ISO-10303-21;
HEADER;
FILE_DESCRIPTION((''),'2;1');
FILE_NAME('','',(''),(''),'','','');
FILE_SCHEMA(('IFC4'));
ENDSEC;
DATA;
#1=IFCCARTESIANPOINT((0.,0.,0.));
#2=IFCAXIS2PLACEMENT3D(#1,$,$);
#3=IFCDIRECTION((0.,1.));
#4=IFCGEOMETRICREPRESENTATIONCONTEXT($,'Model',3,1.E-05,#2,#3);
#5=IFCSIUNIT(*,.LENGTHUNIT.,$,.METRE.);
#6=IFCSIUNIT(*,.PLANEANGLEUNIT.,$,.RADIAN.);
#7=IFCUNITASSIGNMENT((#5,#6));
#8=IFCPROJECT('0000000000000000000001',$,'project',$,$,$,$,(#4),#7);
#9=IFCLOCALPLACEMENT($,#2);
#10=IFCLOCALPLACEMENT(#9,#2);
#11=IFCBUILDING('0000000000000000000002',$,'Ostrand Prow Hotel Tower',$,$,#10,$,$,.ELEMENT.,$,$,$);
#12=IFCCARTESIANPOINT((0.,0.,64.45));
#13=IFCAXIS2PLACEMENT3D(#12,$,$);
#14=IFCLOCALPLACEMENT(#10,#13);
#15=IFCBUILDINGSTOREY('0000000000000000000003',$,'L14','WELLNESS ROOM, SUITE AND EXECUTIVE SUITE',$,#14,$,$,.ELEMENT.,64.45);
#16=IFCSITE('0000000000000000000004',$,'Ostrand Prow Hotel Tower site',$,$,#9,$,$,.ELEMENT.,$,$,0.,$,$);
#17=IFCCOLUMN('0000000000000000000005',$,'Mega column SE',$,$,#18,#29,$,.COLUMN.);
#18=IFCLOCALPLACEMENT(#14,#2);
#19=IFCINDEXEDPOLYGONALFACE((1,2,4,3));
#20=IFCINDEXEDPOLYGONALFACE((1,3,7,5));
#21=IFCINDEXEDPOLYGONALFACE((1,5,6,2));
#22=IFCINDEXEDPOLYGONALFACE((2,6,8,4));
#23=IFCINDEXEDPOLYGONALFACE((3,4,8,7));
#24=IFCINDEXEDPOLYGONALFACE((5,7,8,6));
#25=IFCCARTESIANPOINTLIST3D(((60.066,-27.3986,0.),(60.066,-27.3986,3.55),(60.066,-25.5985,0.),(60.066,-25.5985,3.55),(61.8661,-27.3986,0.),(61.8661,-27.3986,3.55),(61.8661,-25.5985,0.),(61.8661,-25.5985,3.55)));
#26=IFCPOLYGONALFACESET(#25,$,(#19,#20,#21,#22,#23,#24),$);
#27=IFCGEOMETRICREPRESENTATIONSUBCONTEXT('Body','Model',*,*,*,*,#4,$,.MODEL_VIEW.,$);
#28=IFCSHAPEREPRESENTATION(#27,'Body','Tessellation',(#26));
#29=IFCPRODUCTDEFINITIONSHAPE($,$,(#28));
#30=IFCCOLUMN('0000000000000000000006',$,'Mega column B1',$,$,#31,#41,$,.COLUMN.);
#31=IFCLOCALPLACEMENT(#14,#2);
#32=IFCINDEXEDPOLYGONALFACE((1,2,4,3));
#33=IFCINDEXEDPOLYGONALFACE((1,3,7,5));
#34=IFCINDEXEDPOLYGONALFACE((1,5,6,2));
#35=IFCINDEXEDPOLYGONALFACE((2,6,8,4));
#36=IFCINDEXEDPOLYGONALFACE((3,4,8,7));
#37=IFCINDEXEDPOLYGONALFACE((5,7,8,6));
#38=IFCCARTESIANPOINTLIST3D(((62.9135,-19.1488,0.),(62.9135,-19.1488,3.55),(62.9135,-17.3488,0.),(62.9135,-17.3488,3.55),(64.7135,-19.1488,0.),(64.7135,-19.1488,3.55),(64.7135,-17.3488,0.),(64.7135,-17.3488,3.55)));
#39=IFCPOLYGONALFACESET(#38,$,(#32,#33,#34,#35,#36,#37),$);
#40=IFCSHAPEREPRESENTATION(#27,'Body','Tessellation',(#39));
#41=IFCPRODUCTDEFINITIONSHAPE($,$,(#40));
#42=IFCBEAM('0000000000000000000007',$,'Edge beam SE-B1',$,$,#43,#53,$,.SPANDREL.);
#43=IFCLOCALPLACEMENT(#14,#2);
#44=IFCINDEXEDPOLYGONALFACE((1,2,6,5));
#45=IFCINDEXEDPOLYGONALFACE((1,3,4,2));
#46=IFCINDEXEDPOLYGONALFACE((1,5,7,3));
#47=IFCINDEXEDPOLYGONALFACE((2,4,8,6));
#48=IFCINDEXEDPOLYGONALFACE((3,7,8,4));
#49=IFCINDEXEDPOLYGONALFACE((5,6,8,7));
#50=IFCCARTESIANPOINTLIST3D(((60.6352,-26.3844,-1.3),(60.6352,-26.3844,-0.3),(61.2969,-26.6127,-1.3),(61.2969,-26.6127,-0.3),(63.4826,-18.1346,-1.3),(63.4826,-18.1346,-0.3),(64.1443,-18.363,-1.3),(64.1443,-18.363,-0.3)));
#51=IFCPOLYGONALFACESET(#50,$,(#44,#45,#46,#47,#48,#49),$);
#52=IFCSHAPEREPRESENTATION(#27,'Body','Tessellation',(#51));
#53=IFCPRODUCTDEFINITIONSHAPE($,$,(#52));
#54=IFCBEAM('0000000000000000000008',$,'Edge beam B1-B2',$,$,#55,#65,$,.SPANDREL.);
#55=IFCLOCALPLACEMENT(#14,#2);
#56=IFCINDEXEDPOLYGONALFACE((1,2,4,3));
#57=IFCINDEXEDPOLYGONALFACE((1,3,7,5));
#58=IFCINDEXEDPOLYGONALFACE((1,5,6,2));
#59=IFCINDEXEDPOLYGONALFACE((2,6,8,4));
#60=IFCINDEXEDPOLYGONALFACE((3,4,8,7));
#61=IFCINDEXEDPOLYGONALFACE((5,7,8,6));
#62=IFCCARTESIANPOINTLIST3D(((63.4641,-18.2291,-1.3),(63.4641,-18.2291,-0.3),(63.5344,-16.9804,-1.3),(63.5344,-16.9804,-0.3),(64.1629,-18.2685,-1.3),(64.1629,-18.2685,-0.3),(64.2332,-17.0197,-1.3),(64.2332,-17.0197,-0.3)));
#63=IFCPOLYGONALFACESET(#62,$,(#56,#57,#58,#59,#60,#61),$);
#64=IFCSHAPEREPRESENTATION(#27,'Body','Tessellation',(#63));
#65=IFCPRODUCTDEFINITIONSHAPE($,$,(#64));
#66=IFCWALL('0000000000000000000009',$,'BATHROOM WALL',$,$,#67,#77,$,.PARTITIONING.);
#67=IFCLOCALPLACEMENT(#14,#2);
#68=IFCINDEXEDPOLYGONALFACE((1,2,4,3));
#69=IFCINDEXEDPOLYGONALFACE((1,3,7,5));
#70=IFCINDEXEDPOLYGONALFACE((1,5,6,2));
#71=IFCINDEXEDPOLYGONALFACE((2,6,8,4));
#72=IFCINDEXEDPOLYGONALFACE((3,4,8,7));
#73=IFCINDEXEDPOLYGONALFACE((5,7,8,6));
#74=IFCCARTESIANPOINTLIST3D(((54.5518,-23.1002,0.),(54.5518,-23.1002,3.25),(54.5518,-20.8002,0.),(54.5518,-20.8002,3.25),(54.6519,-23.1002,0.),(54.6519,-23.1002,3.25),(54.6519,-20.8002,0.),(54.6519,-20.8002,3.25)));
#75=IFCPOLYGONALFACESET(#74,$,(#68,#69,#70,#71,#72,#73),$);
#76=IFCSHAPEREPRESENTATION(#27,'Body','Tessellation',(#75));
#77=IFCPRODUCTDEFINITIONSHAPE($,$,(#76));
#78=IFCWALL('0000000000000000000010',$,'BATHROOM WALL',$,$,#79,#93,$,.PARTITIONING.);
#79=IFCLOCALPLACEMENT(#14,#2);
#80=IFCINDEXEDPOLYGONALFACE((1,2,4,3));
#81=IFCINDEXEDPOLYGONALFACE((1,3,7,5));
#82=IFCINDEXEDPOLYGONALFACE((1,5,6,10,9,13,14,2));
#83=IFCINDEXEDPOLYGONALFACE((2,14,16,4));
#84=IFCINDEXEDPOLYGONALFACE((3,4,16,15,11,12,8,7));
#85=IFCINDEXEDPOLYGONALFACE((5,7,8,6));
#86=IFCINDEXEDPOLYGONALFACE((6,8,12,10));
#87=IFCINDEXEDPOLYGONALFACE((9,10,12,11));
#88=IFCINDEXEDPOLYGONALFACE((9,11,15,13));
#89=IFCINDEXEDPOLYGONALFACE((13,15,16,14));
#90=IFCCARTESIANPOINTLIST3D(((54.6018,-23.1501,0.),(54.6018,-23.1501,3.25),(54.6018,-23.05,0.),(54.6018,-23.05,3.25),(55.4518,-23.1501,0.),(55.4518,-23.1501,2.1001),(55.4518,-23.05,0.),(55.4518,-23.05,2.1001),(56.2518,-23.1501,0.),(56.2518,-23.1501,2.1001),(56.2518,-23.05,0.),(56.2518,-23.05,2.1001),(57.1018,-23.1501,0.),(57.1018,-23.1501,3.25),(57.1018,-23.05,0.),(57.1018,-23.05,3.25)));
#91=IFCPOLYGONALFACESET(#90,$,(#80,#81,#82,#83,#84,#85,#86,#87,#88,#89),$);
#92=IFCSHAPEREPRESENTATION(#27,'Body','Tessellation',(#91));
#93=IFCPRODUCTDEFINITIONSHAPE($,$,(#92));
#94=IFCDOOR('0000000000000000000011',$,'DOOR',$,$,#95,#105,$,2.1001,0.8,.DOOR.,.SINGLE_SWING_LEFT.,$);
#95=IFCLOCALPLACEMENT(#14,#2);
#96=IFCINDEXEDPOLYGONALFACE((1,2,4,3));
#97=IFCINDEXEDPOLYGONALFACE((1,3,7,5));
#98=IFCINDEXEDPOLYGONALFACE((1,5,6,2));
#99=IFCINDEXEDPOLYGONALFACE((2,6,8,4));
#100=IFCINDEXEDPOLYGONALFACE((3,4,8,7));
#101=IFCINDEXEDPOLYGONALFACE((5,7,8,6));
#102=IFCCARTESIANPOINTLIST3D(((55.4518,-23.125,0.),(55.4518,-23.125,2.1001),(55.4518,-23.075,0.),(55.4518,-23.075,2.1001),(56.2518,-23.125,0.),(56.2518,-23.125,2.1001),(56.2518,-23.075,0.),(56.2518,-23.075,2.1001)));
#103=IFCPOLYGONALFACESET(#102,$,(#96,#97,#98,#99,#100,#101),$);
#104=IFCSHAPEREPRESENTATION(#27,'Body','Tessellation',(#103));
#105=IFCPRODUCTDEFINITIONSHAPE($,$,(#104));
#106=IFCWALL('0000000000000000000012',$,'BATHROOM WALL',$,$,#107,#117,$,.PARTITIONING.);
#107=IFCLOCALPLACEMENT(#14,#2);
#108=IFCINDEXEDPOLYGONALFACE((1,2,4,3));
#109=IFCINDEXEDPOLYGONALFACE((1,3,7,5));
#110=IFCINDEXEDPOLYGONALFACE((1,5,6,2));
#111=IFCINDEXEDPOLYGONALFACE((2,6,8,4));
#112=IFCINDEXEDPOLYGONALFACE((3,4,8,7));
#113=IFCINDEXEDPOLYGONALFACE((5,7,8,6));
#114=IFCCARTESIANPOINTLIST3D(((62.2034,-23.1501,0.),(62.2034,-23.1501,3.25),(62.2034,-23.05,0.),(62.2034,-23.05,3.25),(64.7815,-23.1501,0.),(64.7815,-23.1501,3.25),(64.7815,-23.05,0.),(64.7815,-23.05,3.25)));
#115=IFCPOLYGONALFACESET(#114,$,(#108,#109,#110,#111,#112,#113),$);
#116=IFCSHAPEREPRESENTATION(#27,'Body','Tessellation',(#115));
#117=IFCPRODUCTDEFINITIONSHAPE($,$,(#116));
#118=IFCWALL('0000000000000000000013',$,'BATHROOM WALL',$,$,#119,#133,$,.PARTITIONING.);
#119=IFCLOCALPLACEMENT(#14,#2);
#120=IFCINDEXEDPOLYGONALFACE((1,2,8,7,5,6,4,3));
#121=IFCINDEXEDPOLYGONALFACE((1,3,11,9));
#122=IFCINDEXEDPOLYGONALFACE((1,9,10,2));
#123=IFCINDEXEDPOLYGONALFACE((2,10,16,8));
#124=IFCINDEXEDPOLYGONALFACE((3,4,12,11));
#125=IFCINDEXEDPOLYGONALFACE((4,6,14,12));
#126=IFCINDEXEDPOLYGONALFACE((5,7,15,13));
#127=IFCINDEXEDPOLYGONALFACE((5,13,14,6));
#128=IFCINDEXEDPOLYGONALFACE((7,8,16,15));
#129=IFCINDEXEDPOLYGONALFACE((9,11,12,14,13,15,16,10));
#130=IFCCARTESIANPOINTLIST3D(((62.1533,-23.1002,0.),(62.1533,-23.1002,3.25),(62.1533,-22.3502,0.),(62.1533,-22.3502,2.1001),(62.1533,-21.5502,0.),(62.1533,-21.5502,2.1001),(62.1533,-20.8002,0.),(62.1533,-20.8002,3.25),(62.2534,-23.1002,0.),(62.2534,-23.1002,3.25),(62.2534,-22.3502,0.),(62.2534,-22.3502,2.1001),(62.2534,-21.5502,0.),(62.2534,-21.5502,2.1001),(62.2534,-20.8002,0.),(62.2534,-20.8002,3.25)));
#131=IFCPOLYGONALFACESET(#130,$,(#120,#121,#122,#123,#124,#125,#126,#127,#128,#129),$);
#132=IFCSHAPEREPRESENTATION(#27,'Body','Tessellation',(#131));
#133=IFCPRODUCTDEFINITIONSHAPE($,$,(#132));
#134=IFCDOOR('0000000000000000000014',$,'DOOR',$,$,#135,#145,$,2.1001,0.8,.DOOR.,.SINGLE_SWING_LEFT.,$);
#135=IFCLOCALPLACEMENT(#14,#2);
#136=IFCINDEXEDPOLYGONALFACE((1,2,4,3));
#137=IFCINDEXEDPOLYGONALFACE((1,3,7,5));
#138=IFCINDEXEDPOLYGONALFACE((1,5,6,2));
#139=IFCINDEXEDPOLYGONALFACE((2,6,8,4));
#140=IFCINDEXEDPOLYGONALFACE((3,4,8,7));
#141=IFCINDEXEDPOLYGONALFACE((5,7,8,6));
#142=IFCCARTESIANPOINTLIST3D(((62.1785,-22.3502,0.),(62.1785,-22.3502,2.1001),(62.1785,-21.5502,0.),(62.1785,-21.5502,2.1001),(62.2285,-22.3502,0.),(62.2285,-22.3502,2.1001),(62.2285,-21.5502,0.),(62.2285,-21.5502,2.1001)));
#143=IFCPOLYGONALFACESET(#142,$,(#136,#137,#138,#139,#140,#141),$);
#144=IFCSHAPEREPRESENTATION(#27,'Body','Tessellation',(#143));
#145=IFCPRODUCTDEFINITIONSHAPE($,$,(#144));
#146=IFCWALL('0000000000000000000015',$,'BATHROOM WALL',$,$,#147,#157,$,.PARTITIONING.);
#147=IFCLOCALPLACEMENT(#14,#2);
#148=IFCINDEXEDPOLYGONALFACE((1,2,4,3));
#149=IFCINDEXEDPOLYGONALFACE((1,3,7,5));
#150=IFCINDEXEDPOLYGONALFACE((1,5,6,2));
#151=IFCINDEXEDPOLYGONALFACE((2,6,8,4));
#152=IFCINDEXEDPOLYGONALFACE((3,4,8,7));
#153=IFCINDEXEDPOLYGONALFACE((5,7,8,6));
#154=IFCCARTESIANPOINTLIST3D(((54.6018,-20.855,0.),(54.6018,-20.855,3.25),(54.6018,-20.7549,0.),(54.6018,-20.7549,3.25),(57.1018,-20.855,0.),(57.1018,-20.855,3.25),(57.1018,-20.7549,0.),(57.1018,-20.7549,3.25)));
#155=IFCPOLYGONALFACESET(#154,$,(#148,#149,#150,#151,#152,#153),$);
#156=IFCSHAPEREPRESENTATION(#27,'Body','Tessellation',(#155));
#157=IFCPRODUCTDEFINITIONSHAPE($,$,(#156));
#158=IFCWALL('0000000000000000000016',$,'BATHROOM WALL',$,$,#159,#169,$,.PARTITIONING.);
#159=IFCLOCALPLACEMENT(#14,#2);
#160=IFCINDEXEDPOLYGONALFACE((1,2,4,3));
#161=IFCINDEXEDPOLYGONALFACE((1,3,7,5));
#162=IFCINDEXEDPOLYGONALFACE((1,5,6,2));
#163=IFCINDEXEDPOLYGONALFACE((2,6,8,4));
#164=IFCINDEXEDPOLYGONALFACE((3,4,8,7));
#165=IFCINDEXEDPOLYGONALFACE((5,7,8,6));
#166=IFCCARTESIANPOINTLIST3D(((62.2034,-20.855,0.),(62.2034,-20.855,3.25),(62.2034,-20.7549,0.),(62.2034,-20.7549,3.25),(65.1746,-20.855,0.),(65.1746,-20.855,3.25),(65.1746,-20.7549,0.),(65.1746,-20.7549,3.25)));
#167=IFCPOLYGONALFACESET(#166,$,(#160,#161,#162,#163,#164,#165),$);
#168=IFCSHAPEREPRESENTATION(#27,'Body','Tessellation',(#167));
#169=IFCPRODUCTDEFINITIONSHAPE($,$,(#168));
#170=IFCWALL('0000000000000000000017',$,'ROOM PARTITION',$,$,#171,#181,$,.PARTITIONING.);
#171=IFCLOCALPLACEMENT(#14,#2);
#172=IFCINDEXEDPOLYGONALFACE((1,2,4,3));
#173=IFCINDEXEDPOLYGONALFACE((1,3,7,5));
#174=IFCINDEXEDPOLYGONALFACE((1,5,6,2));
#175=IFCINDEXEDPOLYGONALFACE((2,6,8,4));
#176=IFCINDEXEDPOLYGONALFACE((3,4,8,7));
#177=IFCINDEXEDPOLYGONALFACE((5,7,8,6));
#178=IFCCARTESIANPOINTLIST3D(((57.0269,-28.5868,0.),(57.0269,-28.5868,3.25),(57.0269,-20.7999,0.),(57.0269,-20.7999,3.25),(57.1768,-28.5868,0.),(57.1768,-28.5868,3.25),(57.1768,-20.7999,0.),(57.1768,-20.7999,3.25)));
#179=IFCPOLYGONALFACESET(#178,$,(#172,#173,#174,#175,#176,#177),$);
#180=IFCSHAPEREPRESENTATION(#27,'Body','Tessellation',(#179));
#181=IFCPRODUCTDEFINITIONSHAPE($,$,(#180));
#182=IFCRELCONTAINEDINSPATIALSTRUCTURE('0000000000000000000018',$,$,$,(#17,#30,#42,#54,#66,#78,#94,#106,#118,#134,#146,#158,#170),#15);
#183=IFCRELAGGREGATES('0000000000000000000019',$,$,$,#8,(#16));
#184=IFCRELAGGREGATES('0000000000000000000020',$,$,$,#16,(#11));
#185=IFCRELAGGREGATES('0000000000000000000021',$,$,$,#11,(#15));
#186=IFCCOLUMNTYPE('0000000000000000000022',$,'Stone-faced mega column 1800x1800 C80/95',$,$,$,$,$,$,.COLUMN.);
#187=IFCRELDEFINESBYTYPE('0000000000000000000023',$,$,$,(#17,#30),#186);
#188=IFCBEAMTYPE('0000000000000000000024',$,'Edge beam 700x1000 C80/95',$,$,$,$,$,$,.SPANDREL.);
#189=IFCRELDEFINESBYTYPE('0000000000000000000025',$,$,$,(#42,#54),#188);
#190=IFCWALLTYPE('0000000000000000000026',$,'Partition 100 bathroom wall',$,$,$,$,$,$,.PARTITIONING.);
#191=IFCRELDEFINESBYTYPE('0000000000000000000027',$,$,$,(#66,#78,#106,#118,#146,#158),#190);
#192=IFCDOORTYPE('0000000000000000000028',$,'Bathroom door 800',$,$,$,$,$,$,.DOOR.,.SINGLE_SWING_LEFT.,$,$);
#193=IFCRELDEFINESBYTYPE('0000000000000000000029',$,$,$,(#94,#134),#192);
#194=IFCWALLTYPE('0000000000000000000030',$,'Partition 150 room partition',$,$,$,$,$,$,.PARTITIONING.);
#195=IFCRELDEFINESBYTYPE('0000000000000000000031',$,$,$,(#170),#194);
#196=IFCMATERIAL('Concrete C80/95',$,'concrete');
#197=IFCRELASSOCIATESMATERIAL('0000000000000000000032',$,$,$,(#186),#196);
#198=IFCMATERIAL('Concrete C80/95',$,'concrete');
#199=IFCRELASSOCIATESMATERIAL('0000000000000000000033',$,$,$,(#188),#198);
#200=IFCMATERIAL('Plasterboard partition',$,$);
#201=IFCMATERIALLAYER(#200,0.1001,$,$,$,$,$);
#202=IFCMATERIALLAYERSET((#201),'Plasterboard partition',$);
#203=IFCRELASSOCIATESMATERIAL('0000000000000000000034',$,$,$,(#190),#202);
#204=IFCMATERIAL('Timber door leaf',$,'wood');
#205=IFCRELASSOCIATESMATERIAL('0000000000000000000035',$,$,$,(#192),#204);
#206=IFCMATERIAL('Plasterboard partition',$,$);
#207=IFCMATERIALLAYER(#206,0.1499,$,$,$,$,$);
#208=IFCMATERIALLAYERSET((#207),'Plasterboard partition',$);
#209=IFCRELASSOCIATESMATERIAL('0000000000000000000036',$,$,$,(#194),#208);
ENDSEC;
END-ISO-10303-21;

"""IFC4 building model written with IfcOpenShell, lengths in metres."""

from ifc_helpers import new_model, si_unit, direction, frame, frame_2d, origin, origin_2d, place, context, subcontext, project, spatial, rectangle, extrude, material, layer, layer_set, material_profile, profile_set, type_object, element, fill, save


model = new_model("IFC4")

# Units and contexts
model_context = context("Model", 3, precision=1e-05, world=origin(), true_north=direction((0.0, 1.0)))
body_context = subcontext(model_context, "Body", "Model", "MODEL_VIEW")
ifc_project = project(units=[si_unit("LENGTHUNIT", "METRE"), si_unit("PLANEANGLEUNIT", "RADIAN")], contexts=[model_context])

# Site, building, storey
site_placement = place(None, origin())
site = spatial("IfcSite", under=ifc_project, at=site_placement, Name="Ostrand Prow Hotel Tower site", CompositionType="ELEMENT", RefElevation=0.0)
building_placement = place(site_placement, origin())
building = spatial("IfcBuilding", under=site, at=building_placement, Name="Ostrand Prow Hotel Tower", CompositionType="ELEMENT")
storey_placement = place(building_placement, frame((0.0, 0.0, 64.45)))
storey = spatial("IfcBuildingStorey", under=building, at=storey_placement, Name="L14", Description="WELLNESS ROOM, SUITE AND EXECUTIVE SUITE", CompositionType="ELEMENT", Elevation=64.45)

# Columns
ifc_material_1 = material(Name="Concrete C80/95", Category="concrete")
ifc_material_profile_1 = material_profile(ifc_material_1, rectangle(XDim=1.8, YDim=1.8, at=origin_2d()), Name="RC 1800x1800")
ifc_profile_set_1 = profile_set([ifc_material_profile_1], Name="Concrete C80/95")
column_type = type_object("IfcColumnType", Name="Stone-faced mega column 1800x1800 C80/95", PredefinedType="COLUMN", material=ifc_profile_set_1)
for number, where, z_axis, x_axis, name in (
    (1, (60.9661, -26.4985, 0.0), (0.0, 0.0, 1.0), (1.0, 0.0, 0.0), "Mega column SE"),
    (2, (63.8135, -18.2488, 0.0), (0.0, 0.0, 1.0), (1.0, 0.0, 0.0), "Mega column B1"),
):
    element("IfcColumn", number, at=place(storey_placement, frame(where, z_axis=z_axis, x_axis=x_axis)), inside=storey, type_object=column_type, Name=name, PredefinedType="COLUMN", context=body_context, shape_type="SweptSolid", body=[
        extrude(rectangle(XDim=1.8, YDim=1.8, at=origin_2d()), origin(), (0.0, 0.0, 1.0), 3.55),
    ])

# Beams
ifc_material_2 = material(Name="Concrete C80/95", Category="concrete")
ifc_material_profile_2 = material_profile(ifc_material_2, rectangle(XDim=0.7, YDim=1.0, at=origin_2d()), Name="RC 700x1000")
ifc_profile_set_2 = profile_set([ifc_material_profile_2], Name="Concrete C80/95")
beam_type = type_object("IfcBeamType", Name="Edge beam 700x1000 C80/95", PredefinedType="SPANDREL", material=ifc_profile_set_2)
beam_1_placement = place(storey_placement, frame((60.9661, -26.4985, -0.8), z_axis=(0.326264, 0.945279, 0.0), x_axis=(-0.945279, 0.326264, 0.0)))
element("IfcBeam", 3, at=beam_1_placement, inside=storey, type_object=beam_type, Name="Edge beam SE-B1", PredefinedType="SPANDREL", context=body_context, shape_type="SweptSolid", body=[
    extrude(rectangle(XDim=0.7, YDim=1.0, at=origin_2d()), origin(), (0.0, 0.0, 1.0), 8.7273),
])
beam_2_placement = place(storey_placement, frame((63.8135, -18.2488, -0.8), z_axis=(0.056216, 0.998419, 0.0), x_axis=(-0.998419, 0.056216, 0.0)))
element("IfcBeam", 4, at=beam_2_placement, inside=storey, type_object=beam_type, Name="Edge beam B1-B2", PredefinedType="SPANDREL", context=body_context, shape_type="SweptSolid", body=[
    extrude(rectangle(XDim=0.7, YDim=1.0, at=origin_2d()), origin(), (0.0, 0.0, 1.0), 1.2507),
])

# Wall
ifc_material_3 = material(Name="Plasterboard partition")
ifc_layer_1 = layer(ifc_material_3, 0.1001)
ifc_layer_set_1 = layer_set([ifc_layer_1], Name="Plasterboard partition")
wall_type_1 = type_object("IfcWallType", Name="Partition 100 bathroom wall", PredefinedType="PARTITIONING", material=ifc_layer_set_1)
wall_1_placement = place(storey_placement, frame((54.6018, -23.1001, 0.0), z_axis=(0.0, 0.0, 1.0), x_axis=(0.0, 1.0, 0.0)))
element("IfcWall", 5, at=wall_1_placement, inside=storey, type_object=wall_type_1, Name="BATHROOM WALL", PredefinedType="PARTITIONING", context=body_context, shape_type="SweptSolid", body=[
    extrude(rectangle(XDim=2.3, YDim=0.1001, at=frame_2d((1.1499, 0.0))), origin(), (0.0, 0.0, 1.0), 3.25),
])

# Wall, opening, door
wall_2_placement = place(storey_placement, frame((57.1018, -23.1001, 0.0), z_axis=(0.0, 0.0, 1.0), x_axis=(-1.0, 0.0, 0.0)))
wall_2 = element("IfcWall", 6, at=wall_2_placement, inside=storey, type_object=wall_type_1, Name="BATHROOM WALL", PredefinedType="PARTITIONING", context=body_context, shape_type="SweptSolid", body=[
    extrude(rectangle(XDim=2.5, YDim=0.1001, at=frame_2d((1.25, 0.0))), origin(), (0.0, 0.0, 1.0), 3.25),
])
opening_1_placement = place(wall_2_placement, frame((0.8501, 0.0, 0.0)))
opening_1 = element("IfcOpeningElement", 7, at=opening_1_placement, cuts=wall_2, PredefinedType="OPENING", context=body_context, shape_type="SweptSolid", body=[
    extrude(rectangle(XDim=0.8, YDim=2.1001, at=frame_2d((0.3999, 1.05))), frame((0.0, 0.0601, 0.0), z_axis=(0.0, -1.0, 0.0), x_axis=(1.0, 0.0, 0.0)), (0.0, 0.0, 1.0), 0.1201),
])
ifc_material_4 = material(Name="Timber door leaf", Category="wood")
door_type_1 = type_object("IfcDoorType", Name="Bathroom door 800", OperationType="SINGLE_SWING_LEFT", PredefinedType="DOOR", material=ifc_material_4)
door_1_placement = place(opening_1_placement, origin())
door_1 = element("IfcDoor", 8, at=door_1_placement, inside=storey, type_object=door_type_1, Name="DOOR", OperationType="SINGLE_SWING_LEFT", OverallHeight=2.1001, OverallWidth=0.8, PredefinedType="DOOR", context=body_context, shape_type="SweptSolid", body=[
    extrude(rectangle(XDim=0.8, YDim=2.1001, at=frame_2d((0.3999, 1.05))), frame((0.0, 0.0249, 0.0), z_axis=(0.0, -1.0, 0.0), x_axis=(1.0, 0.0, 0.0)), (0.0, 0.0, 1.0), 0.05),
])
fill(opening_1, door_1)

# Wall
wall_3_placement = place(storey_placement, frame((64.7815, -23.1001, 0.0), z_axis=(0.0, 0.0, 1.0), x_axis=(-1.0, 0.0, 0.0)))
element("IfcWall", 9, at=wall_3_placement, inside=storey, type_object=wall_type_1, Name="BATHROOM WALL", PredefinedType="PARTITIONING", context=body_context, shape_type="SweptSolid", body=[
    extrude(rectangle(XDim=2.5781, YDim=0.1001, at=frame_2d((1.2891, 0.0))), origin(), (0.0, 0.0, 1.0), 3.25),
])

# Wall, opening, door
wall_4_placement = place(storey_placement, frame((62.2034, -23.1001, 0.0), z_axis=(0.0, 0.0, 1.0), x_axis=(0.0, 1.0, 0.0)))
wall_4 = element("IfcWall", 10, at=wall_4_placement, inside=storey, type_object=wall_type_1, Name="BATHROOM WALL", PredefinedType="PARTITIONING", context=body_context, shape_type="SweptSolid", body=[
    extrude(rectangle(XDim=2.3, YDim=0.1001, at=frame_2d((1.1499, 0.0))), origin(), (0.0, 0.0, 1.0), 3.25),
])
opening_2_placement = place(wall_4_placement, frame((0.75, 0.0, 0.0)))
opening_2 = element("IfcOpeningElement", 11, at=opening_2_placement, cuts=wall_4, PredefinedType="OPENING", context=body_context, shape_type="SweptSolid", body=[
    extrude(rectangle(XDim=0.8, YDim=2.1001, at=frame_2d((0.3999, 1.05))), frame((0.0, 0.0601, 0.0), z_axis=(0.0, -1.0, 0.0), x_axis=(1.0, 0.0, 0.0)), (0.0, 0.0, 1.0), 0.1201),
])
door_2_placement = place(opening_2_placement, origin())
door_2 = element("IfcDoor", 12, at=door_2_placement, inside=storey, type_object=door_type_1, Name="DOOR", OperationType="SINGLE_SWING_LEFT", OverallHeight=2.1001, OverallWidth=0.8, PredefinedType="DOOR", context=body_context, shape_type="SweptSolid", body=[
    extrude(rectangle(XDim=0.8, YDim=2.1001, at=frame_2d((0.3999, 1.05))), frame((0.0, 0.0249, 0.0), z_axis=(0.0, -1.0, 0.0), x_axis=(1.0, 0.0, 0.0)), (0.0, 0.0, 1.0), 0.05),
])
fill(opening_2, door_2)

# Walls
wall_5_placement = place(storey_placement, frame((54.6018, -20.8049, 0.0), z_axis=(0.0, 0.0, 1.0), x_axis=(1.0, 0.0, 0.0)))
element("IfcWall", 13, at=wall_5_placement, inside=storey, type_object=wall_type_1, Name="BATHROOM WALL", PredefinedType="PARTITIONING", context=body_context, shape_type="SweptSolid", body=[
    extrude(rectangle(XDim=2.5, YDim=0.1001, at=frame_2d((1.25, 0.0))), origin(), (0.0, 0.0, 1.0), 3.25),
])
wall_6_placement = place(storey_placement, frame((62.2034, -20.8049, 0.0), z_axis=(0.0, 0.0, 1.0), x_axis=(1.0, 0.0, 0.0)))
element("IfcWall", 14, at=wall_6_placement, inside=storey, type_object=wall_type_1, Name="BATHROOM WALL", PredefinedType="PARTITIONING", context=body_context, shape_type="SweptSolid", body=[
    extrude(rectangle(XDim=2.9712, YDim=0.1001, at=frame_2d((1.4856, 0.0))), origin(), (0.0, 0.0, 1.0), 3.25),
])
ifc_material_5 = material(Name="Plasterboard partition")
ifc_layer_2 = layer(ifc_material_5, 0.1499)
ifc_layer_set_2 = layer_set([ifc_layer_2], Name="Plasterboard partition")
wall_type_2 = type_object("IfcWallType", Name="Partition 150 room partition", PredefinedType="PARTITIONING", material=ifc_layer_set_2)
wall_7_placement = place(storey_placement, frame((57.1018, -28.5869, 0.0), z_axis=(0.0, 0.0, 1.0), x_axis=(0.0, 1.0, 0.0)))
element("IfcWall", 15, at=wall_7_placement, inside=storey, type_object=wall_type_2, Name="ROOM PARTITION", PredefinedType="PARTITIONING", context=body_context, shape_type="SweptSolid", body=[
    extrude(rectangle(XDim=7.7869, YDim=0.1499, at=frame_2d((3.8936, 0.0))), origin(), (0.0, 0.0, 1.0), 3.25),
])

save(model, "model.ifc")
